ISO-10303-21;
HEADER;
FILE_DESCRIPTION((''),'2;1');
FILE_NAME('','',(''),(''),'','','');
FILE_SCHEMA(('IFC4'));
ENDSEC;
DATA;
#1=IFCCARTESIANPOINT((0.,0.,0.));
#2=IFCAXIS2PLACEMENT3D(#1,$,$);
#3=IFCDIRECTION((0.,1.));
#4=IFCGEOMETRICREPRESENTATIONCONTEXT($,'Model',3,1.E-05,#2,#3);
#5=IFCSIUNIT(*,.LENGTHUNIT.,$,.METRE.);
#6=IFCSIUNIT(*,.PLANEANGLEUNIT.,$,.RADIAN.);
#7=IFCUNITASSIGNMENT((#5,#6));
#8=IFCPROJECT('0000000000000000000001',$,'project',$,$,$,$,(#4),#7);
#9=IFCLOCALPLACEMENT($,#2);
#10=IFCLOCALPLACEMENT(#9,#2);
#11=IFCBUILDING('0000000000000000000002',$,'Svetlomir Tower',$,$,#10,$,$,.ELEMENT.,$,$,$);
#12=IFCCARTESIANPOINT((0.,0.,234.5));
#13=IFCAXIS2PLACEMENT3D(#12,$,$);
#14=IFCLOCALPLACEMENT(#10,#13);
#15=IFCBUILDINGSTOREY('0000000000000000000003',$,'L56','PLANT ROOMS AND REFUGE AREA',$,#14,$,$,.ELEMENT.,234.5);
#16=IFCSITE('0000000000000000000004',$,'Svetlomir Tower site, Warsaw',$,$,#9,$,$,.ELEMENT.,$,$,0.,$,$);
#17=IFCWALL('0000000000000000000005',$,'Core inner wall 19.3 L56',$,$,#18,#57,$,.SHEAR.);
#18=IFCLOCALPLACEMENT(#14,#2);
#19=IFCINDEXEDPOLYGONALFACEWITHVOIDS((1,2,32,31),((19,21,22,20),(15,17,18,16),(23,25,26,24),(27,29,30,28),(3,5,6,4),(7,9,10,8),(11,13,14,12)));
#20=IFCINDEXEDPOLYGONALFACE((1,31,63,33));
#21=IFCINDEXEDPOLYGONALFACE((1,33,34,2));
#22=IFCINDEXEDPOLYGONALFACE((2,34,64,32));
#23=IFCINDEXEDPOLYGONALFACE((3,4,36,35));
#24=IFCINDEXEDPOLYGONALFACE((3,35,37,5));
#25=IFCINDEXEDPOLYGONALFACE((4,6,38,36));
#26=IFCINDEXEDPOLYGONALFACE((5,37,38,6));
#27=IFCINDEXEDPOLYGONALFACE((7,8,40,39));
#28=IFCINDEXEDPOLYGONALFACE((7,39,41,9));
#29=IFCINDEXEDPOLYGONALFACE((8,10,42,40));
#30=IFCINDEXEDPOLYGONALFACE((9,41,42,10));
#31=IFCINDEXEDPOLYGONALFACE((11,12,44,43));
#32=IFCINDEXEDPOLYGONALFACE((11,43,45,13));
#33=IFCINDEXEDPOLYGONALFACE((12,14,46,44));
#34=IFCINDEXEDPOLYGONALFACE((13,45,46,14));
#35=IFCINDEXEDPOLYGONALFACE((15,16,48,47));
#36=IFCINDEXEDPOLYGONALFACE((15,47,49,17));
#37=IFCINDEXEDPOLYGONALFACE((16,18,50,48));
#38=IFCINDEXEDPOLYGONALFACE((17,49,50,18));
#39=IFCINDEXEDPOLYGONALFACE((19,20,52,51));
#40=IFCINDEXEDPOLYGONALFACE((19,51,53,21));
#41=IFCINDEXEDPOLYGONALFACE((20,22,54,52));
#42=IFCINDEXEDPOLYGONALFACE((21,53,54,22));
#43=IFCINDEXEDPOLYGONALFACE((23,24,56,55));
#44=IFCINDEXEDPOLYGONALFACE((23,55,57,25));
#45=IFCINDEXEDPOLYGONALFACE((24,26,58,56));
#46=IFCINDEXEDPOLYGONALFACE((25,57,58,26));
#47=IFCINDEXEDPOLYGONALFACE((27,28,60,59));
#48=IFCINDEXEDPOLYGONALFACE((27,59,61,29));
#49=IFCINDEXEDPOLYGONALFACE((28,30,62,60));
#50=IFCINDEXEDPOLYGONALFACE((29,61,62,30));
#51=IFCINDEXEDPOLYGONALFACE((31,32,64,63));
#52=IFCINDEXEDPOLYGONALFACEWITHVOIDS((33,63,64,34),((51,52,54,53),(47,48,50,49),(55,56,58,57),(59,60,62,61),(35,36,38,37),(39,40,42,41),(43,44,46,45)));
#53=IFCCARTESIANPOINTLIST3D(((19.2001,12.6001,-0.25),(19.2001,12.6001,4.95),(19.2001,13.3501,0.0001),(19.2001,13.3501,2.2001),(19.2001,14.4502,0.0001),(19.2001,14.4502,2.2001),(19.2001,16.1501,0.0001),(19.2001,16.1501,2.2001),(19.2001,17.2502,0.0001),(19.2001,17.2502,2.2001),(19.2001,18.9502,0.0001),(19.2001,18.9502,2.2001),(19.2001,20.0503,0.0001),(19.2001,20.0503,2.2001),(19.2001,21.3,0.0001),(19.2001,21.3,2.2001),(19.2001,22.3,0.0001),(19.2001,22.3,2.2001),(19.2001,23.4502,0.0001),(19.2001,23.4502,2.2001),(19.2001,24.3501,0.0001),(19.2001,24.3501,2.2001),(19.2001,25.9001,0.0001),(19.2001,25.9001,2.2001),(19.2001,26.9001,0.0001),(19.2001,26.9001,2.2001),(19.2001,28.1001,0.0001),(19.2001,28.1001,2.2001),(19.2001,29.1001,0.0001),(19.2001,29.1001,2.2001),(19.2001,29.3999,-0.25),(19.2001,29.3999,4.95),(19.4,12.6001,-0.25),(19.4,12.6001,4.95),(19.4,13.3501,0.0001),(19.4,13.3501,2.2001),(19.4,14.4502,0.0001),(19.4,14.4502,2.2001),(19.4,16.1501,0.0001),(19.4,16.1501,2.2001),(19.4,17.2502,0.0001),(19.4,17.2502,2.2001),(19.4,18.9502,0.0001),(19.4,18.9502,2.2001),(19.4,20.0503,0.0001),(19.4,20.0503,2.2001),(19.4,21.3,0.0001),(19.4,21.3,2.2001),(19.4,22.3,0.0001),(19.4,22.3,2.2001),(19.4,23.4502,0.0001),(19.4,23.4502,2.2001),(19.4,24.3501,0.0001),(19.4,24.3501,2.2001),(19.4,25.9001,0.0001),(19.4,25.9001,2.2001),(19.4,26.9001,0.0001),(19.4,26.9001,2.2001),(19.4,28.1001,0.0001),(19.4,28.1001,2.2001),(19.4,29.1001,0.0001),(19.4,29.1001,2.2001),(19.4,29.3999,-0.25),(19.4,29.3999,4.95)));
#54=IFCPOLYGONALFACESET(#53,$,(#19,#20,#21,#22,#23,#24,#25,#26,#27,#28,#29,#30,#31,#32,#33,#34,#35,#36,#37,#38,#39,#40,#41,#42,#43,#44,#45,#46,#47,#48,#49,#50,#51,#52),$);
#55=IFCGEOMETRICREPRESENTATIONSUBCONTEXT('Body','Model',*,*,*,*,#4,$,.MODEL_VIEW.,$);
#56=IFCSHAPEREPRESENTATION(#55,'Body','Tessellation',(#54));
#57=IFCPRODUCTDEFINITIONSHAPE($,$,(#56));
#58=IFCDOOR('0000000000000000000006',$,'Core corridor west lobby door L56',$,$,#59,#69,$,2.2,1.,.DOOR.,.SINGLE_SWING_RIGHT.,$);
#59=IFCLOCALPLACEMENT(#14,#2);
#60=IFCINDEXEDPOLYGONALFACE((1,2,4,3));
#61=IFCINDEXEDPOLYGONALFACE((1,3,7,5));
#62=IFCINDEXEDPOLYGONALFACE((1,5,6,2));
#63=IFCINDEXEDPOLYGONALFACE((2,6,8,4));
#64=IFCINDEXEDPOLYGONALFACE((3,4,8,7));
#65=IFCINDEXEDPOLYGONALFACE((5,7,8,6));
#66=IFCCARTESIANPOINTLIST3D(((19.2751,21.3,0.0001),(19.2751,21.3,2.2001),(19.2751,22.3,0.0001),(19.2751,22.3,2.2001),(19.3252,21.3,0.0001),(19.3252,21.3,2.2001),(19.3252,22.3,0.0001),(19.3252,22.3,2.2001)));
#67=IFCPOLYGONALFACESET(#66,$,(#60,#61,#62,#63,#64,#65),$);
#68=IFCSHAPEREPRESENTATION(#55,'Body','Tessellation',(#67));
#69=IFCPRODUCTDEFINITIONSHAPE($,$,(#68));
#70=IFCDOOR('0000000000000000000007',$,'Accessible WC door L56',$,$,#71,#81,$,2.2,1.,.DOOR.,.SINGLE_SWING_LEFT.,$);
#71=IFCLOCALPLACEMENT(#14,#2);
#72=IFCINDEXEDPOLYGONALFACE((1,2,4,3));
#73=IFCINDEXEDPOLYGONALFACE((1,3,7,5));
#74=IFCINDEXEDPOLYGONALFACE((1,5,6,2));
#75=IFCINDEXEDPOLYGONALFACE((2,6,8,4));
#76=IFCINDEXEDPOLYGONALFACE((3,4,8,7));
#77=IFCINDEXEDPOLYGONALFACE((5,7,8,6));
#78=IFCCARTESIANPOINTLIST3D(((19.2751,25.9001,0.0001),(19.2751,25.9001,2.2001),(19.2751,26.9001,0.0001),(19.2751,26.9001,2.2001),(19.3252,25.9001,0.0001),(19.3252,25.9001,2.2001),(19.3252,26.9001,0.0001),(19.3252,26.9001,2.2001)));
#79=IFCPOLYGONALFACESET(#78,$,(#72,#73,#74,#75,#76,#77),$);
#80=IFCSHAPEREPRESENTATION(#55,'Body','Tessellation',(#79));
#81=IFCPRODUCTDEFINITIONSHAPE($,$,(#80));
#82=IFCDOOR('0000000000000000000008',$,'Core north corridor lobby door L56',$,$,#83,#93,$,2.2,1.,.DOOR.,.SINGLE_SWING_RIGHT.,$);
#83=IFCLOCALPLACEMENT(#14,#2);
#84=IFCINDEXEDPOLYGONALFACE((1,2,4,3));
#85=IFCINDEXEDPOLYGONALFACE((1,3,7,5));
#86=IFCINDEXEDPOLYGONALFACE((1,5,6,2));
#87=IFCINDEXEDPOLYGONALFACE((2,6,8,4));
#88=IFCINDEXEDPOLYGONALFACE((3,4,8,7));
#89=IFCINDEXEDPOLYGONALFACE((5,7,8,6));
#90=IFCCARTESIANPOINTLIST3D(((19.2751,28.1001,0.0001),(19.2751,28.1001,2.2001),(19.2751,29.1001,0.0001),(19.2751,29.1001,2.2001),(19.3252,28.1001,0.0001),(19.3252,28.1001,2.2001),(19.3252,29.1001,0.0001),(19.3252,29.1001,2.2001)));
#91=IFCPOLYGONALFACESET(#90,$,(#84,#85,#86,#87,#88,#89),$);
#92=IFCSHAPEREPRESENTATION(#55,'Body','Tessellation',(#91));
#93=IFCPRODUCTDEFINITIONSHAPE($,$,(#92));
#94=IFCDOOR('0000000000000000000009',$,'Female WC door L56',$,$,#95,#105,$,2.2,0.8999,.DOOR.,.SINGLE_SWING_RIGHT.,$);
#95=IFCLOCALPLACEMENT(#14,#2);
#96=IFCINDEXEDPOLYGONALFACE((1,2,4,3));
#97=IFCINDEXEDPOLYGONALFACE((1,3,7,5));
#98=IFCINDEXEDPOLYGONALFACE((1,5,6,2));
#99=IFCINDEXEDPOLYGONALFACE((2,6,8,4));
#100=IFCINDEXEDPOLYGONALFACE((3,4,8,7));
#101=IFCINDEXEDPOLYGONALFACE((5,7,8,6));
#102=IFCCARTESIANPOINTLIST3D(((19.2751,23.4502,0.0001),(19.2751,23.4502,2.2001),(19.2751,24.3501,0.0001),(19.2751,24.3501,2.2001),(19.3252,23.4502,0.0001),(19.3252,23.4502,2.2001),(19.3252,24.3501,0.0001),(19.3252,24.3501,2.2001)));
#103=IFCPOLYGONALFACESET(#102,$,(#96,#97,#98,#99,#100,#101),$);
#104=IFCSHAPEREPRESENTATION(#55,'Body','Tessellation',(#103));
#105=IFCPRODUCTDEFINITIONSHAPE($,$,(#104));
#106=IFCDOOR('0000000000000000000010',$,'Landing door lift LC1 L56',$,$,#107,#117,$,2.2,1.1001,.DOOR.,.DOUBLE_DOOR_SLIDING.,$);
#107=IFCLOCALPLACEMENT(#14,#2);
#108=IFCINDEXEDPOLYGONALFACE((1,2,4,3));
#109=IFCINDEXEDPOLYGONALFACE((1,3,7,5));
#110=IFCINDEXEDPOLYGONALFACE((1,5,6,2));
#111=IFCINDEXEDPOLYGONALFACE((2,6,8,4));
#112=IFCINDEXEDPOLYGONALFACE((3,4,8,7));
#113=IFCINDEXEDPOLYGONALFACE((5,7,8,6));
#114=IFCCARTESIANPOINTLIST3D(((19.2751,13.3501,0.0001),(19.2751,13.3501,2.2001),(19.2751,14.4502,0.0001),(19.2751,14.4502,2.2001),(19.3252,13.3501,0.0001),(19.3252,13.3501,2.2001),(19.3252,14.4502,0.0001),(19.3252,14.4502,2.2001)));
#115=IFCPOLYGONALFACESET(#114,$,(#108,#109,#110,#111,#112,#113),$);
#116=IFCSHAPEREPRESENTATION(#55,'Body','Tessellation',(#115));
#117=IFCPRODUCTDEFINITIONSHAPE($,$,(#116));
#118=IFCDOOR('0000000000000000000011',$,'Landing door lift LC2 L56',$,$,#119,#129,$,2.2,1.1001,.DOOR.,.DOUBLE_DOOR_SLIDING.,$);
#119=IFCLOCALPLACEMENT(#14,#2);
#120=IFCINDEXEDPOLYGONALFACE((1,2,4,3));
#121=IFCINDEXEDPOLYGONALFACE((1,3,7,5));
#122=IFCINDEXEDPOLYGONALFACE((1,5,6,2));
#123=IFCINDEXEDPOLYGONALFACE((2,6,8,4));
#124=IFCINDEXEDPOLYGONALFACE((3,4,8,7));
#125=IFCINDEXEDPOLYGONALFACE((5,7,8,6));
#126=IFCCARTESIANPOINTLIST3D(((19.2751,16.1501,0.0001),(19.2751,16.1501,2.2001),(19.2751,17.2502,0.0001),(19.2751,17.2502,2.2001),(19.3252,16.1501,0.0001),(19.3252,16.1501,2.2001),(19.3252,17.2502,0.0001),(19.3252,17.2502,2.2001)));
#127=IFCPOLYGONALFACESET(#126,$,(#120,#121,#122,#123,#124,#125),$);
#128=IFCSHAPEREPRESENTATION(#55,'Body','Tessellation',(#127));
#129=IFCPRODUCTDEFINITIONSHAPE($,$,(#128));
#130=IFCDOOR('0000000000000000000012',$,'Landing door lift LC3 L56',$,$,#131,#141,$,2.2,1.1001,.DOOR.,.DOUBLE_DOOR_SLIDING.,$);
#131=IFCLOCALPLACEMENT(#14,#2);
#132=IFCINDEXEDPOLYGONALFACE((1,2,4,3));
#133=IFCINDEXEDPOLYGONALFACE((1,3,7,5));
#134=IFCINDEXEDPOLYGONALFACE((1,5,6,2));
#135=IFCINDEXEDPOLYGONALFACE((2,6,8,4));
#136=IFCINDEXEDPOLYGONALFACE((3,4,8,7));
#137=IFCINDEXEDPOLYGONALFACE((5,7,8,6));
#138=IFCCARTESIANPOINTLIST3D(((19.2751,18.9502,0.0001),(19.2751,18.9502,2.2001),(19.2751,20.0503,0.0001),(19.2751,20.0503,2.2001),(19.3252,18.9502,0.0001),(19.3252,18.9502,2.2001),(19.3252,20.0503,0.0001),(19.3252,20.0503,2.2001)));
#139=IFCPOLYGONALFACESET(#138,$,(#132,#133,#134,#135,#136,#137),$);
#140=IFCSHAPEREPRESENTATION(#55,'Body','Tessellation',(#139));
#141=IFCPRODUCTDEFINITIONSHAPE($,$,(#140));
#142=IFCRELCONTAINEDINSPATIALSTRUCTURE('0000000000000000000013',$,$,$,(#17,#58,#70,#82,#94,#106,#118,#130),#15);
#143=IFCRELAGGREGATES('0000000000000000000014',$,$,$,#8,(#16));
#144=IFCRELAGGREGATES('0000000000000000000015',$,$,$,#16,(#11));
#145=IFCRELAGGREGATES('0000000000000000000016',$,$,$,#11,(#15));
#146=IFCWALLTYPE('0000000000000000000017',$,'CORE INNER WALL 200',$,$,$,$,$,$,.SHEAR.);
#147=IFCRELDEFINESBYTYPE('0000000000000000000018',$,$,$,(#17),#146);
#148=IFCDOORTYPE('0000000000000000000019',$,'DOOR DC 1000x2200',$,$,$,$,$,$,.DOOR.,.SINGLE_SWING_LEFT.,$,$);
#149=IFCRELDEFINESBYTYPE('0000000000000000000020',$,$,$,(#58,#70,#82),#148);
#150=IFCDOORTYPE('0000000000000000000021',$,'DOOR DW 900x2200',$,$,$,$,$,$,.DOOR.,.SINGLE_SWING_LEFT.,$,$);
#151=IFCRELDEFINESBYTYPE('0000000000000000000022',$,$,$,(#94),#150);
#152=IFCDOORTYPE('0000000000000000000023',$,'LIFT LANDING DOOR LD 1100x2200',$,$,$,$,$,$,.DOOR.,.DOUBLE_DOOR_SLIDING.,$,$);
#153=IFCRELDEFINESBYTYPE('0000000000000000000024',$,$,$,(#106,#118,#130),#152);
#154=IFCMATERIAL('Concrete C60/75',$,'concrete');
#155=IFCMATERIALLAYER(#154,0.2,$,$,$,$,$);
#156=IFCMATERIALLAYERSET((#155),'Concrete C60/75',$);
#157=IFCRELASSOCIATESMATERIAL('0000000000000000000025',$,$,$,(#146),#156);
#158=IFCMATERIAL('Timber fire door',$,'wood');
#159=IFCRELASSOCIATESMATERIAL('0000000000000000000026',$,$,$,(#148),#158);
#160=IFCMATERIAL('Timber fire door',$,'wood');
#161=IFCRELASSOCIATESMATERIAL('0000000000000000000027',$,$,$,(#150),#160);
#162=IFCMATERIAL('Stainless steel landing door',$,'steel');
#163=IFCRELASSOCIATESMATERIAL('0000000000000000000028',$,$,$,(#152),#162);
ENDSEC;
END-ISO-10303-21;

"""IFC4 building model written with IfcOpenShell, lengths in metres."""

from ifc_helpers import new_model, si_unit, direction, frame, frame_2d, origin, place, context, subcontext, project, spatial, rectangle, extrude, material, layer, layer_set, type_object, element, fill, save


model = new_model("IFC4")

# Units and contexts
model_context = context("Model", 3, precision=1e-05, world=origin(), true_north=direction((0.0, 1.0)))
body_context = subcontext(model_context, "Body", "Model", "MODEL_VIEW")
ifc_project = project(units=[si_unit("LENGTHUNIT", "METRE"), si_unit("PLANEANGLEUNIT", "RADIAN")], contexts=[model_context])

# Site, building, storey
site_placement = place(None, origin())
site = spatial("IfcSite", under=ifc_project, at=site_placement, Name="Svetlomir Tower site, Warsaw", CompositionType="ELEMENT", RefElevation=0.0)
building_placement = place(site_placement, origin())
building = spatial("IfcBuilding", under=site, at=building_placement, Name="Svetlomir Tower", CompositionType="ELEMENT")
storey_placement = place(building_placement, frame((0.0, 0.0, 234.5)))
storey = spatial("IfcBuildingStorey", under=building, at=storey_placement, Name="L56", Description="PLANT ROOMS AND REFUGE AREA", CompositionType="ELEMENT", Elevation=234.5)

# Wall, openings, doors
ifc_material_1 = material(Name="Concrete C60/75", Category="concrete")
ifc_layer_1 = layer(ifc_material_1, 0.2)
ifc_layer_set_1 = layer_set([ifc_layer_1], Name="Concrete C60/75")
wall_type_1 = type_object("IfcWallType", Name="CORE INNER WALL 200", PredefinedType="SHEAR", material=ifc_layer_set_1)
wall_1_placement = place(storey_placement, frame((19.3, 12.6001, -0.25), z_axis=(0.0, 0.0, 1.0), x_axis=(0.0, 1.0, 0.0)))
wall_1 = element("IfcWall", 1, at=wall_1_placement, inside=storey, type_object=wall_type_1, Name="Core inner wall 19.3 L56", PredefinedType="SHEAR", context=body_context, shape_type="SweptSolid", body=[
    extrude(rectangle(XDim=16.7998, YDim=0.2, at=frame_2d((8.3999, 0.0))), origin(), (0.0, 0.0, 1.0), 5.2),
])
opening_1_placement = place(wall_1_placement, frame((8.7, 0.0, 0.25)))
opening_1 = element("IfcOpeningElement", 2, at=opening_1_placement, cuts=wall_1, PredefinedType="OPENING", context=body_context, shape_type="SweptSolid", body=[
    extrude(rectangle(XDim=1.0, YDim=2.2, at=frame_2d((0.5, 1.1001))), frame((0.0, 0.1099, 0.0), z_axis=(0.0, -1.0, 0.0), x_axis=(1.0, 0.0, 0.0)), (0.0, 0.0, 1.0), 0.22),
])
opening_2_placement = place(wall_1_placement, frame((10.8501, 0.0, 0.25)))
opening_2 = element("IfcOpeningElement", 3, at=opening_2_placement, cuts=wall_1, PredefinedType="OPENING", context=body_context, shape_type="SweptSolid", body=[
    extrude(rectangle(XDim=0.8999, YDim=2.2, at=frame_2d((0.45, 1.1001))), frame((0.0, 0.1099, 0.0), z_axis=(0.0, -1.0, 0.0), x_axis=(1.0, 0.0, 0.0)), (0.0, 0.0, 1.0), 0.22),
])
opening_3_placement = place(wall_1_placement, frame((13.3, 0.0, 0.25)))
opening_3 = element("IfcOpeningElement", 4, at=opening_3_placement, cuts=wall_1, PredefinedType="OPENING", context=body_context, shape_type="SweptSolid", body=[
    extrude(rectangle(XDim=1.0, YDim=2.2, at=frame_2d((0.5, 1.1001))), frame((0.0, 0.1099, 0.0), z_axis=(0.0, -1.0, 0.0), x_axis=(1.0, 0.0, 0.0)), (0.0, 0.0, 1.0), 0.22),
])
opening_4_placement = place(wall_1_placement, frame((15.5, 0.0, 0.25)))
opening_4 = element("IfcOpeningElement", 5, at=opening_4_placement, cuts=wall_1, PredefinedType="OPENING", context=body_context, shape_type="SweptSolid", body=[
    extrude(rectangle(XDim=1.0, YDim=2.2, at=frame_2d((0.5, 1.1001))), frame((0.0, 0.1099, 0.0), z_axis=(0.0, -1.0, 0.0), x_axis=(1.0, 0.0, 0.0)), (0.0, 0.0, 1.0), 0.22),
])
opening_5_placement = place(wall_1_placement, frame((0.75, 0.0, 0.25)))
opening_5 = element("IfcOpeningElement", 6, at=opening_5_placement, cuts=wall_1, PredefinedType="OPENING", context=body_context, shape_type="SweptSolid", body=[
    extrude(rectangle(XDim=1.1001, YDim=2.2, at=frame_2d((0.55, 1.1001))), frame((0.0, 0.1099, 0.0), z_axis=(0.0, -1.0, 0.0), x_axis=(1.0, 0.0, 0.0)), (0.0, 0.0, 1.0), 0.22),
])
opening_6_placement = place(wall_1_placement, frame((3.55, 0.0, 0.25)))
opening_6 = element("IfcOpeningElement", 7, at=opening_6_placement, cuts=wall_1, PredefinedType="OPENING", context=body_context, shape_type="SweptSolid", body=[
    extrude(rectangle(XDim=1.1001, YDim=2.2, at=frame_2d((0.55, 1.1001))), frame((0.0, 0.1099, 0.0), z_axis=(0.0, -1.0, 0.0), x_axis=(1.0, 0.0, 0.0)), (0.0, 0.0, 1.0), 0.22),
])
opening_7_placement = place(wall_1_placement, frame((6.3501, 0.0, 0.25)))
opening_7 = element("IfcOpeningElement", 8, at=opening_7_placement, cuts=wall_1, PredefinedType="OPENING", context=body_context, shape_type="SweptSolid", body=[
    extrude(rectangle(XDim=1.1001, YDim=2.2, at=frame_2d((0.55, 1.1001))), frame((0.0, 0.1099, 0.0), z_axis=(0.0, -1.0, 0.0), x_axis=(1.0, 0.0, 0.0)), (0.0, 0.0, 1.0), 0.22),
])
ifc_material_2 = material(Name="Timber fire door", Category="wood")
door_type_1 = type_object("IfcDoorType", Name="DOOR DC 1000x2200", OperationType="SINGLE_SWING_LEFT", PredefinedType="DOOR", material=ifc_material_2)
door_1_placement = place(opening_1_placement, origin())
door_1 = element("IfcDoor", 9, at=door_1_placement, inside=storey, type_object=door_type_1, Name="Core corridor west lobby door L56", OperationType="SINGLE_SWING_RIGHT", OverallHeight=2.2, OverallWidth=1.0, PredefinedType="DOOR", context=body_context, shape_type="SweptSolid", body=[
    extrude(rectangle(XDim=1.0, YDim=2.2, at=frame_2d((0.5, 1.1001))), frame((0.0, 0.0249, 0.0), z_axis=(0.0, -1.0, 0.0), x_axis=(1.0, 0.0, 0.0)), (0.0, 0.0, 1.0), 0.05),
])
fill(opening_1, door_1)
door_2_placement = place(opening_3_placement, origin())
door_2 = element("IfcDoor", 10, at=door_2_placement, inside=storey, type_object=door_type_1, Name="Accessible WC door L56", OperationType="SINGLE_SWING_LEFT", OverallHeight=2.2, OverallWidth=1.0, PredefinedType="DOOR", context=body_context, shape_type="SweptSolid", body=[
    extrude(rectangle(XDim=1.0, YDim=2.2, at=frame_2d((0.5, 1.1001))), frame((0.0, 0.0249, 0.0), z_axis=(0.0, -1.0, 0.0), x_axis=(1.0, 0.0, 0.0)), (0.0, 0.0, 1.0), 0.05),
])
fill(opening_3, door_2)
door_3_placement = place(opening_4_placement, origin())
door_3 = element("IfcDoor", 11, at=door_3_placement, inside=storey, type_object=door_type_1, Name="Core north corridor lobby door L56", OperationType="SINGLE_SWING_RIGHT", OverallHeight=2.2, OverallWidth=1.0, PredefinedType="DOOR", context=body_context, shape_type="SweptSolid", body=[
    extrude(rectangle(XDim=1.0, YDim=2.2, at=frame_2d((0.5, 1.1001))), frame((0.0, 0.0249, 0.0), z_axis=(0.0, -1.0, 0.0), x_axis=(1.0, 0.0, 0.0)), (0.0, 0.0, 1.0), 0.05),
])
fill(opening_4, door_3)
ifc_material_3 = material(Name="Timber fire door", Category="wood")
door_type_2 = type_object("IfcDoorType", Name="DOOR DW 900x2200", OperationType="SINGLE_SWING_LEFT", PredefinedType="DOOR", material=ifc_material_3)
door_4_placement = place(opening_2_placement, origin())
door_4 = element("IfcDoor", 12, at=door_4_placement, inside=storey, type_object=door_type_2, Name="Female WC door L56", OperationType="SINGLE_SWING_RIGHT", OverallHeight=2.2, OverallWidth=0.8999, PredefinedType="DOOR", context=body_context, shape_type="SweptSolid", body=[
    extrude(rectangle(XDim=0.8999, YDim=2.2, at=frame_2d((0.45, 1.1001))), frame((0.0, 0.0249, 0.0), z_axis=(0.0, -1.0, 0.0), x_axis=(1.0, 0.0, 0.0)), (0.0, 0.0, 1.0), 0.05),
])
fill(opening_2, door_4)
ifc_material_4 = material(Name="Stainless steel landing door", Category="steel")
door_type_3 = type_object("IfcDoorType", Name="LIFT LANDING DOOR LD 1100x2200", OperationType="DOUBLE_DOOR_SLIDING", PredefinedType="DOOR", material=ifc_material_4)
door_5_placement = place(opening_5_placement, origin())
door_5 = element("IfcDoor", 13, at=door_5_placement, inside=storey, type_object=door_type_3, Name="Landing door lift LC1 L56", OperationType="DOUBLE_DOOR_SLIDING", OverallHeight=2.2, OverallWidth=1.1001, PredefinedType="DOOR", context=body_context, shape_type="SweptSolid", body=[
    extrude(rectangle(XDim=1.1001, YDim=2.2, at=frame_2d((0.55, 1.1001))), frame((0.0, 0.0249, 0.0), z_axis=(0.0, -1.0, 0.0), x_axis=(1.0, 0.0, 0.0)), (0.0, 0.0, 1.0), 0.05),
])
fill(opening_5, door_5)
door_6_placement = place(opening_6_placement, origin())
door_6 = element("IfcDoor", 14, at=door_6_placement, inside=storey, type_object=door_type_3, Name="Landing door lift LC2 L56", OperationType="DOUBLE_DOOR_SLIDING", OverallHeight=2.2, OverallWidth=1.1001, PredefinedType="DOOR", context=body_context, shape_type="SweptSolid", body=[
    extrude(rectangle(XDim=1.1001, YDim=2.2, at=frame_2d((0.55, 1.1001))), frame((0.0, 0.0249, 0.0), z_axis=(0.0, -1.0, 0.0), x_axis=(1.0, 0.0, 0.0)), (0.0, 0.0, 1.0), 0.05),
])
fill(opening_6, door_6)
door_7_placement = place(opening_7_placement, origin())
door_7 = element("IfcDoor", 15, at=door_7_placement, inside=storey, type_object=door_type_3, Name="Landing door lift LC3 L56", OperationType="DOUBLE_DOOR_SLIDING", OverallHeight=2.2, OverallWidth=1.1001, PredefinedType="DOOR", context=body_context, shape_type="SweptSolid", body=[
    extrude(rectangle(XDim=1.1001, YDim=2.2, at=frame_2d((0.55, 1.1001))), frame((0.0, 0.0249, 0.0), z_axis=(0.0, -1.0, 0.0), x_axis=(1.0, 0.0, 0.0)), (0.0, 0.0, 1.0), 0.05),
])
fill(opening_7, door_7)

save(model, "model.ifc")
